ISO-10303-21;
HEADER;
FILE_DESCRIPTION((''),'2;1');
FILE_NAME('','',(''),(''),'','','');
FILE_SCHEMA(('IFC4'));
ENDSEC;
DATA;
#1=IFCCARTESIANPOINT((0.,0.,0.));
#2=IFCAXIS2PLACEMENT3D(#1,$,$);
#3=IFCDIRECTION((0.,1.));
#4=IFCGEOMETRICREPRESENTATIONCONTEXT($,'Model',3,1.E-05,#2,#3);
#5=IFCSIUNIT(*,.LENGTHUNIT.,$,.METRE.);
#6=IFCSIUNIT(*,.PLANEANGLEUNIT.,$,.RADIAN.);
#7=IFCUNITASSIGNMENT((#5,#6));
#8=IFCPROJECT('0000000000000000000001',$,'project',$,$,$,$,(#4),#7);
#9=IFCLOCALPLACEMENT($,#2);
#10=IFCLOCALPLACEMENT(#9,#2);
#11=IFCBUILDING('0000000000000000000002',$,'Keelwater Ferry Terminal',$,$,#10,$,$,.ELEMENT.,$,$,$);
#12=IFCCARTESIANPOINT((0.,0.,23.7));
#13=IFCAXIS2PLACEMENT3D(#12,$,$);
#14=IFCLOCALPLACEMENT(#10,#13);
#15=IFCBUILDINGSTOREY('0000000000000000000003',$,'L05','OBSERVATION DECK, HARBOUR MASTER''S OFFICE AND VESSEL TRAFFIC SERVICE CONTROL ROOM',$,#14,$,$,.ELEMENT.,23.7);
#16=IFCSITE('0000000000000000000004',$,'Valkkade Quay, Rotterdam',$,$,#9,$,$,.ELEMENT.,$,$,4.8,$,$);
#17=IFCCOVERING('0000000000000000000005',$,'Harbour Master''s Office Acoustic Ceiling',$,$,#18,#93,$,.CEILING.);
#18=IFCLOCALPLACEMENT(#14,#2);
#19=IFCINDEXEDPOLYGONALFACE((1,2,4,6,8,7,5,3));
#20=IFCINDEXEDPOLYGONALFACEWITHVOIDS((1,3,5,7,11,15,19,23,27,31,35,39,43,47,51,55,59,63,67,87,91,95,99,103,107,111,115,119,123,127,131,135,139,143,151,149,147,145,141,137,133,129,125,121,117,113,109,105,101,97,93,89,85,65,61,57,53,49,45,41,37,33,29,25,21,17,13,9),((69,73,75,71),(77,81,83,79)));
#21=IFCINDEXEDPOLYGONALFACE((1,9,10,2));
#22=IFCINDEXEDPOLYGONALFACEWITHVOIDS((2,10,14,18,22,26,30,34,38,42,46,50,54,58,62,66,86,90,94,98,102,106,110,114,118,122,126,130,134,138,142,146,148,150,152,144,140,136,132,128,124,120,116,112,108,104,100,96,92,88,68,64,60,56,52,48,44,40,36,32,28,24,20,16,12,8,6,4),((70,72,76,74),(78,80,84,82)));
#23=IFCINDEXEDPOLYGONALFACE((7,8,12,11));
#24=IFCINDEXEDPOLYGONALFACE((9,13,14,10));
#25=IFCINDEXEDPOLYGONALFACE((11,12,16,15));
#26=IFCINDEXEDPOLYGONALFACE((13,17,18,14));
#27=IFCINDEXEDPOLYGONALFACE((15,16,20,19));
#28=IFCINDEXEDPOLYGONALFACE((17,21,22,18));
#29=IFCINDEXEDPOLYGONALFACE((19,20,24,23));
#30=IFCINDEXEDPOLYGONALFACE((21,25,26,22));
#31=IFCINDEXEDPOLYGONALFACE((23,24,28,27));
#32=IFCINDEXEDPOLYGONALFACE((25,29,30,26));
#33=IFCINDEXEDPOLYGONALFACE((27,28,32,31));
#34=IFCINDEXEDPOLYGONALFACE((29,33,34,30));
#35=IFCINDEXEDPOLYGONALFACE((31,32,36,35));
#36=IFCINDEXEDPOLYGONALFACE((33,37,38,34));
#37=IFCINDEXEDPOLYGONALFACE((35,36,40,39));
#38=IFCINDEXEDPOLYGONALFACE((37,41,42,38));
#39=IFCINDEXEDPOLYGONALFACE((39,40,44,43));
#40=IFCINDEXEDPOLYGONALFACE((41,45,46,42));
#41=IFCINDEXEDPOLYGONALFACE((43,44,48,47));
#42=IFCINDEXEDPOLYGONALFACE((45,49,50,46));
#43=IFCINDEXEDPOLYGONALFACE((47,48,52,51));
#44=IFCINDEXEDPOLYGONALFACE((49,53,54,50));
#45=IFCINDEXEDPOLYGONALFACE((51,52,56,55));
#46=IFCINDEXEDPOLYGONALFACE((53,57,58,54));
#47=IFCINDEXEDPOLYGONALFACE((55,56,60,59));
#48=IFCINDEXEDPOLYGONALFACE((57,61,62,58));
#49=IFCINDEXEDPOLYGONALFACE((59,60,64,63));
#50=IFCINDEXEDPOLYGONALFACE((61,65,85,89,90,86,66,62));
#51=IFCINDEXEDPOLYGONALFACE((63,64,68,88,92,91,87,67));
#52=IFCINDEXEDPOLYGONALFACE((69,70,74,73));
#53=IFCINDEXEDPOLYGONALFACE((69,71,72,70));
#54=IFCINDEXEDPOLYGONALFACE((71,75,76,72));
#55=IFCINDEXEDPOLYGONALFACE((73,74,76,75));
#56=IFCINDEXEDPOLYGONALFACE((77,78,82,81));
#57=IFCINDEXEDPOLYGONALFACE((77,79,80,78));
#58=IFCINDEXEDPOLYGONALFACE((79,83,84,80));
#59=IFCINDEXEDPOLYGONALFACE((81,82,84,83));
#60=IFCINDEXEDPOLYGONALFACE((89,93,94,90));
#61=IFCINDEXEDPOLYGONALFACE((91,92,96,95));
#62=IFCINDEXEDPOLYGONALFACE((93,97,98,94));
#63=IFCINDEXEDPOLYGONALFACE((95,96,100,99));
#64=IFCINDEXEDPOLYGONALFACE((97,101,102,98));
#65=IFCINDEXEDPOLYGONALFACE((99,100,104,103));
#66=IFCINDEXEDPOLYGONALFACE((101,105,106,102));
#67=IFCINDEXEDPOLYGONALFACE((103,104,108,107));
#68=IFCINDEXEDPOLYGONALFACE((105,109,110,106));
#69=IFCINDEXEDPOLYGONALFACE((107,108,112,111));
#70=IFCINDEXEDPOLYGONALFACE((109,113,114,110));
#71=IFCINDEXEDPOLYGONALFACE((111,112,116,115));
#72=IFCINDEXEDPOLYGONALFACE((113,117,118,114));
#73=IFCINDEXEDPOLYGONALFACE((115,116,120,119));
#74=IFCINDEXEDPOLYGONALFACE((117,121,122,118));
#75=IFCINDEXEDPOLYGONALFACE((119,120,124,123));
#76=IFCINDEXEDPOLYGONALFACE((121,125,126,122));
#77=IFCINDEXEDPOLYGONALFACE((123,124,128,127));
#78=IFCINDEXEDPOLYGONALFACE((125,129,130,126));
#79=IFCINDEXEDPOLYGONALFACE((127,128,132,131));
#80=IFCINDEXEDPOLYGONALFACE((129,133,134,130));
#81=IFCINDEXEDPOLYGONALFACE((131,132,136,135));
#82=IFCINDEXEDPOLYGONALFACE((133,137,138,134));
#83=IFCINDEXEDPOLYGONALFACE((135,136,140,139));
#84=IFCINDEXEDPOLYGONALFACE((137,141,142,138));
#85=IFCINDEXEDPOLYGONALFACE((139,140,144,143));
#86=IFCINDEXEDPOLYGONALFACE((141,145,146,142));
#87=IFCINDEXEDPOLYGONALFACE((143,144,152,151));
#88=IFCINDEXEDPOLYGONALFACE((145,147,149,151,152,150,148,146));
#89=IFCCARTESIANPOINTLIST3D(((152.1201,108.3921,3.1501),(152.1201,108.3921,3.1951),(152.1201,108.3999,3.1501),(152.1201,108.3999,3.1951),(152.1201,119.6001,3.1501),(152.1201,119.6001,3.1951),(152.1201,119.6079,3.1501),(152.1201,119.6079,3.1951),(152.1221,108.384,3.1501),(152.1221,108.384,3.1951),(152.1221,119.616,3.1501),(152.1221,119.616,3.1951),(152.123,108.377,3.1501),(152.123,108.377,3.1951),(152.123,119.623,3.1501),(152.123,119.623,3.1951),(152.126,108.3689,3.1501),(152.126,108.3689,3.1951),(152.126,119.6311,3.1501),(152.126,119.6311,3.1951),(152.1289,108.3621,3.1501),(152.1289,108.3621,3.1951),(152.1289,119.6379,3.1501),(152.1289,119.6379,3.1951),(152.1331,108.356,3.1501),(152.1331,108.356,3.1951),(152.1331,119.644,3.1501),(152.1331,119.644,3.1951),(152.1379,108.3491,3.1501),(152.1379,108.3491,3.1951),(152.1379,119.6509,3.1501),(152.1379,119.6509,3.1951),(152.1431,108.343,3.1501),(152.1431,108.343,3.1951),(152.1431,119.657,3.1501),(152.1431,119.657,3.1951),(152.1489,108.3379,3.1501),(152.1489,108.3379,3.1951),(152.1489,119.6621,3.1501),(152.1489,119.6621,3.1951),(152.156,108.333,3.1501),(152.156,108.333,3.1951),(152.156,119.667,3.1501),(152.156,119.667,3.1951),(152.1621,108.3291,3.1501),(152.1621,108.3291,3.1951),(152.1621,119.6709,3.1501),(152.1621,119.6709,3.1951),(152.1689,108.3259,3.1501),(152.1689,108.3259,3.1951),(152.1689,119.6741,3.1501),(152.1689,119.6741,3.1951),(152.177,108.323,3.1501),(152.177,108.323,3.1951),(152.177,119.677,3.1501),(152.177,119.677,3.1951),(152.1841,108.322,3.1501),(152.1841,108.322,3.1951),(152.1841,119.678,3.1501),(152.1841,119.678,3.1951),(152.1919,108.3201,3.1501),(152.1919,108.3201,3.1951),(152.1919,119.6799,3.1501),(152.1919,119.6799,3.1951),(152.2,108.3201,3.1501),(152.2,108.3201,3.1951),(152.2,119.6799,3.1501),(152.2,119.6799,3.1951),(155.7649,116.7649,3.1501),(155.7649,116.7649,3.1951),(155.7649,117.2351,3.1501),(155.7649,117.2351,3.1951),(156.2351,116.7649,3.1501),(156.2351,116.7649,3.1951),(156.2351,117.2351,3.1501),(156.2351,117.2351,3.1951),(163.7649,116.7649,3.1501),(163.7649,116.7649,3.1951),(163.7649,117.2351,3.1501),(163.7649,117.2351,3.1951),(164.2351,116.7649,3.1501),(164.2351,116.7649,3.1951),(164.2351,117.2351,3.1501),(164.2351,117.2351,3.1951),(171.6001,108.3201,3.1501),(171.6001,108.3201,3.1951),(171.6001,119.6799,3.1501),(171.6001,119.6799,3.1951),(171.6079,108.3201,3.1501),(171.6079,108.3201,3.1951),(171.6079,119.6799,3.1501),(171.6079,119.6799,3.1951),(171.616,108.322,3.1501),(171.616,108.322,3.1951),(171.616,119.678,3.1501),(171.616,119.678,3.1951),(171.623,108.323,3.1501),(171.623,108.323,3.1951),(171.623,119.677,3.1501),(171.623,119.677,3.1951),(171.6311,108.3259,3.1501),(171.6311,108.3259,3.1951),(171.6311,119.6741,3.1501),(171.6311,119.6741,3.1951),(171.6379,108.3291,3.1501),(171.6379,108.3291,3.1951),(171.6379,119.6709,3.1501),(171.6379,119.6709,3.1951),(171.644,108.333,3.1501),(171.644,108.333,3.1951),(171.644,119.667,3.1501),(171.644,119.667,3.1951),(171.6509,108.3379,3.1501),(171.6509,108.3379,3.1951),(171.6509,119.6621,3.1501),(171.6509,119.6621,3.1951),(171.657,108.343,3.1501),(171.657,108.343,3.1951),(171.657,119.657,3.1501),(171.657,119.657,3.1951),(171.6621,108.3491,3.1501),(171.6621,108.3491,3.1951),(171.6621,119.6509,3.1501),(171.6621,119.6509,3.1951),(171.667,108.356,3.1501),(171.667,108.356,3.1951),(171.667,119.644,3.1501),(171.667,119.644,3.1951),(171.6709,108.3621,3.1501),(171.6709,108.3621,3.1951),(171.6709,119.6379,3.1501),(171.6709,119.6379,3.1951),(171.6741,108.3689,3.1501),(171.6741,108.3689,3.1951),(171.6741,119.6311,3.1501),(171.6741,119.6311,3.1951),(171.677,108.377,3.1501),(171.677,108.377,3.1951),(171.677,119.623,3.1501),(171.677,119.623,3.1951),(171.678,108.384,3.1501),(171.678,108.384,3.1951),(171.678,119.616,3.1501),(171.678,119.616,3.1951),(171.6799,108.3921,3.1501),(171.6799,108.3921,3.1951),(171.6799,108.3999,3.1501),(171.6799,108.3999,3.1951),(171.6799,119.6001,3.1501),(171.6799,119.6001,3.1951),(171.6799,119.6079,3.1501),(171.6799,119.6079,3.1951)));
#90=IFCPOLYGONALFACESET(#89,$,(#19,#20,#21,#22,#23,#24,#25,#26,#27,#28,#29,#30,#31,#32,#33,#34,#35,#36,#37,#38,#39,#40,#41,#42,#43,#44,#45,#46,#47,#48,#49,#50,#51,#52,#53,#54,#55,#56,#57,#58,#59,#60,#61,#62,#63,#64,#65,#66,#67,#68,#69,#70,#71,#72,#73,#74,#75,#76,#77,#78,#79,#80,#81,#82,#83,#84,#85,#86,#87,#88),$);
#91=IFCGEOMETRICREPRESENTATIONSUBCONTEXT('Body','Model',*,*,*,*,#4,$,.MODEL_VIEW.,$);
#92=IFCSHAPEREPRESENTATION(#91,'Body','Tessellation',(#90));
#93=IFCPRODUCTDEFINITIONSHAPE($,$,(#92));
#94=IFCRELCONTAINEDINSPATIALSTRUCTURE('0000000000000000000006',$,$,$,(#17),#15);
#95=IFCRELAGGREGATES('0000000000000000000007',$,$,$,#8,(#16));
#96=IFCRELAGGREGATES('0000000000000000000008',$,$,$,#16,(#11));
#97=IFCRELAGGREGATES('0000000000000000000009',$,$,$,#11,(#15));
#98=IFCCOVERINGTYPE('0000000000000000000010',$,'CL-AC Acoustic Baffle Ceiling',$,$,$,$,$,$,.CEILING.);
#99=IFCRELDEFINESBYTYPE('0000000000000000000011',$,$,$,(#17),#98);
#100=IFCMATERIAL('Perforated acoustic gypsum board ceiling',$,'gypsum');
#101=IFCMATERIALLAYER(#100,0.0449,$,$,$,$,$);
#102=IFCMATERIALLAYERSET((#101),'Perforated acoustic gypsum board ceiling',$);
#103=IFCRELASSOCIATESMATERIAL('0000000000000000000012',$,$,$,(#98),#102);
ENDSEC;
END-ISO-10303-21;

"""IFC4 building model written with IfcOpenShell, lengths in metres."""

from ifc_helpers import new_model, si_unit, direction, frame, origin, place, context, subcontext, project, spatial, polyline, outline, extrude, material, layer, layer_set, type_object, element, save


model = new_model("IFC4")

# Units and contexts
model_context = context("Model", 3, precision=1e-05, world=origin(), true_north=direction((0.0, 1.0)))
body_context = subcontext(model_context, "Body", "Model", "MODEL_VIEW")
ifc_project = project(units=[si_unit("LENGTHUNIT", "METRE"), si_unit("PLANEANGLEUNIT", "RADIAN")], contexts=[model_context])

# Site, building, storey
site_placement = place(None, origin())
site = spatial("IfcSite", under=ifc_project, at=site_placement, Name="Valkkade Quay, Rotterdam", CompositionType="ELEMENT", RefElevation=4.8)
building_placement = place(site_placement, origin())
building = spatial("IfcBuilding", under=site, at=building_placement, Name="Keelwater Ferry Terminal", CompositionType="ELEMENT")
storey_placement = place(building_placement, frame((0.0, 0.0, 23.7)))
storey = spatial("IfcBuildingStorey", under=building, at=storey_placement, Name="L05", Description="OBSERVATION DECK, HARBOUR MASTER'S OFFICE AND VESSEL TRAFFIC SERVICE CONTROL ROOM", CompositionType="ELEMENT", Elevation=23.7)

# Covering
ifc_material_1 = material(Name="Perforated acoustic gypsum board ceiling", Category="gypsum")
ifc_layer_1 = layer(ifc_material_1, 0.0449)
ifc_layer_set_1 = layer_set([ifc_layer_1], Name="Perforated acoustic gypsum board ceiling")
covering_type_1 = type_object("IfcCoveringType", Name="CL-AC Acoustic Baffle Ceiling", PredefinedType="CEILING", material=ifc_layer_set_1)
covering_1_placement = place(storey_placement, frame((0.0, 0.0, 3.1501)))
element("IfcCovering", 1, at=covering_1_placement, inside=storey, type_object=covering_type_1, Name="Harbour Master's Office Acoustic Ceiling", PredefinedType="CEILING", context=body_context, shape_type="SweptSolid", body=[
    extrude(outline(polyline([(171.616, 119.678), (171.623, 119.677), (171.6311, 119.6741), (171.6379, 119.6709), (171.644, 119.667), (171.6509, 119.6621), (171.657, 119.657), (171.6621, 119.6509), (171.667, 119.644), (171.6709, 119.6379), (171.6741, 119.6311), (171.677, 119.623), (171.678, 119.616), (171.6799, 119.6079), (171.6799, 119.6001), (171.6799, 108.3999), (171.6799, 108.3921), (171.678, 108.384), (171.677, 108.377), (171.6741, 108.3689), (171.6709, 108.3621), (171.667, 108.356), (171.6621, 108.3491), (171.657, 108.343), (171.6509, 108.3379), (171.644, 108.333), (171.6379, 108.3291), (171.6311, 108.3259), (171.623, 108.323), (171.616, 108.322), (171.6079, 108.3201), (171.6001, 108.3201), (152.2, 108.3201), (152.1919, 108.3201), (152.1841, 108.322), (152.177, 108.323), (152.1689, 108.3259), (152.1621, 108.3291), (152.156, 108.333), (152.1489, 108.3379), (152.1431, 108.343), (152.1379, 108.3491), (152.1331, 108.356), (152.1289, 108.3621), (152.126, 108.3689), (152.123, 108.377), (152.1221, 108.384), (152.1201, 108.3921), (152.1201, 108.3999), (152.1201, 119.6001), (152.1201, 119.6079), (152.1221, 119.616), (152.123, 119.623), (152.126, 119.6311), (152.1289, 119.6379), (152.1331, 119.644), (152.1379, 119.6509), (152.1431, 119.657), (152.1489, 119.6621), (152.156, 119.667), (152.1621, 119.6709), (152.1689, 119.6741), (152.177, 119.677), (152.1841, 119.678), (152.1919, 119.6799), (152.2, 119.6799), (171.6001, 119.6799), (171.6079, 119.6799), (171.616, 119.678)]), holes=[polyline([(156.2351, 116.7649), (156.2351, 117.2351), (155.7649, 117.2351), (155.7649, 116.7649), (156.2351, 116.7649)]), polyline([(164.2351, 116.7649), (164.2351, 117.2351), (163.7649, 117.2351), (163.7649, 116.7649), (164.2351, 116.7649)])]), origin(), (0.0, 0.0, 1.0), 0.0449),
])

save(model, "model.ifc")
